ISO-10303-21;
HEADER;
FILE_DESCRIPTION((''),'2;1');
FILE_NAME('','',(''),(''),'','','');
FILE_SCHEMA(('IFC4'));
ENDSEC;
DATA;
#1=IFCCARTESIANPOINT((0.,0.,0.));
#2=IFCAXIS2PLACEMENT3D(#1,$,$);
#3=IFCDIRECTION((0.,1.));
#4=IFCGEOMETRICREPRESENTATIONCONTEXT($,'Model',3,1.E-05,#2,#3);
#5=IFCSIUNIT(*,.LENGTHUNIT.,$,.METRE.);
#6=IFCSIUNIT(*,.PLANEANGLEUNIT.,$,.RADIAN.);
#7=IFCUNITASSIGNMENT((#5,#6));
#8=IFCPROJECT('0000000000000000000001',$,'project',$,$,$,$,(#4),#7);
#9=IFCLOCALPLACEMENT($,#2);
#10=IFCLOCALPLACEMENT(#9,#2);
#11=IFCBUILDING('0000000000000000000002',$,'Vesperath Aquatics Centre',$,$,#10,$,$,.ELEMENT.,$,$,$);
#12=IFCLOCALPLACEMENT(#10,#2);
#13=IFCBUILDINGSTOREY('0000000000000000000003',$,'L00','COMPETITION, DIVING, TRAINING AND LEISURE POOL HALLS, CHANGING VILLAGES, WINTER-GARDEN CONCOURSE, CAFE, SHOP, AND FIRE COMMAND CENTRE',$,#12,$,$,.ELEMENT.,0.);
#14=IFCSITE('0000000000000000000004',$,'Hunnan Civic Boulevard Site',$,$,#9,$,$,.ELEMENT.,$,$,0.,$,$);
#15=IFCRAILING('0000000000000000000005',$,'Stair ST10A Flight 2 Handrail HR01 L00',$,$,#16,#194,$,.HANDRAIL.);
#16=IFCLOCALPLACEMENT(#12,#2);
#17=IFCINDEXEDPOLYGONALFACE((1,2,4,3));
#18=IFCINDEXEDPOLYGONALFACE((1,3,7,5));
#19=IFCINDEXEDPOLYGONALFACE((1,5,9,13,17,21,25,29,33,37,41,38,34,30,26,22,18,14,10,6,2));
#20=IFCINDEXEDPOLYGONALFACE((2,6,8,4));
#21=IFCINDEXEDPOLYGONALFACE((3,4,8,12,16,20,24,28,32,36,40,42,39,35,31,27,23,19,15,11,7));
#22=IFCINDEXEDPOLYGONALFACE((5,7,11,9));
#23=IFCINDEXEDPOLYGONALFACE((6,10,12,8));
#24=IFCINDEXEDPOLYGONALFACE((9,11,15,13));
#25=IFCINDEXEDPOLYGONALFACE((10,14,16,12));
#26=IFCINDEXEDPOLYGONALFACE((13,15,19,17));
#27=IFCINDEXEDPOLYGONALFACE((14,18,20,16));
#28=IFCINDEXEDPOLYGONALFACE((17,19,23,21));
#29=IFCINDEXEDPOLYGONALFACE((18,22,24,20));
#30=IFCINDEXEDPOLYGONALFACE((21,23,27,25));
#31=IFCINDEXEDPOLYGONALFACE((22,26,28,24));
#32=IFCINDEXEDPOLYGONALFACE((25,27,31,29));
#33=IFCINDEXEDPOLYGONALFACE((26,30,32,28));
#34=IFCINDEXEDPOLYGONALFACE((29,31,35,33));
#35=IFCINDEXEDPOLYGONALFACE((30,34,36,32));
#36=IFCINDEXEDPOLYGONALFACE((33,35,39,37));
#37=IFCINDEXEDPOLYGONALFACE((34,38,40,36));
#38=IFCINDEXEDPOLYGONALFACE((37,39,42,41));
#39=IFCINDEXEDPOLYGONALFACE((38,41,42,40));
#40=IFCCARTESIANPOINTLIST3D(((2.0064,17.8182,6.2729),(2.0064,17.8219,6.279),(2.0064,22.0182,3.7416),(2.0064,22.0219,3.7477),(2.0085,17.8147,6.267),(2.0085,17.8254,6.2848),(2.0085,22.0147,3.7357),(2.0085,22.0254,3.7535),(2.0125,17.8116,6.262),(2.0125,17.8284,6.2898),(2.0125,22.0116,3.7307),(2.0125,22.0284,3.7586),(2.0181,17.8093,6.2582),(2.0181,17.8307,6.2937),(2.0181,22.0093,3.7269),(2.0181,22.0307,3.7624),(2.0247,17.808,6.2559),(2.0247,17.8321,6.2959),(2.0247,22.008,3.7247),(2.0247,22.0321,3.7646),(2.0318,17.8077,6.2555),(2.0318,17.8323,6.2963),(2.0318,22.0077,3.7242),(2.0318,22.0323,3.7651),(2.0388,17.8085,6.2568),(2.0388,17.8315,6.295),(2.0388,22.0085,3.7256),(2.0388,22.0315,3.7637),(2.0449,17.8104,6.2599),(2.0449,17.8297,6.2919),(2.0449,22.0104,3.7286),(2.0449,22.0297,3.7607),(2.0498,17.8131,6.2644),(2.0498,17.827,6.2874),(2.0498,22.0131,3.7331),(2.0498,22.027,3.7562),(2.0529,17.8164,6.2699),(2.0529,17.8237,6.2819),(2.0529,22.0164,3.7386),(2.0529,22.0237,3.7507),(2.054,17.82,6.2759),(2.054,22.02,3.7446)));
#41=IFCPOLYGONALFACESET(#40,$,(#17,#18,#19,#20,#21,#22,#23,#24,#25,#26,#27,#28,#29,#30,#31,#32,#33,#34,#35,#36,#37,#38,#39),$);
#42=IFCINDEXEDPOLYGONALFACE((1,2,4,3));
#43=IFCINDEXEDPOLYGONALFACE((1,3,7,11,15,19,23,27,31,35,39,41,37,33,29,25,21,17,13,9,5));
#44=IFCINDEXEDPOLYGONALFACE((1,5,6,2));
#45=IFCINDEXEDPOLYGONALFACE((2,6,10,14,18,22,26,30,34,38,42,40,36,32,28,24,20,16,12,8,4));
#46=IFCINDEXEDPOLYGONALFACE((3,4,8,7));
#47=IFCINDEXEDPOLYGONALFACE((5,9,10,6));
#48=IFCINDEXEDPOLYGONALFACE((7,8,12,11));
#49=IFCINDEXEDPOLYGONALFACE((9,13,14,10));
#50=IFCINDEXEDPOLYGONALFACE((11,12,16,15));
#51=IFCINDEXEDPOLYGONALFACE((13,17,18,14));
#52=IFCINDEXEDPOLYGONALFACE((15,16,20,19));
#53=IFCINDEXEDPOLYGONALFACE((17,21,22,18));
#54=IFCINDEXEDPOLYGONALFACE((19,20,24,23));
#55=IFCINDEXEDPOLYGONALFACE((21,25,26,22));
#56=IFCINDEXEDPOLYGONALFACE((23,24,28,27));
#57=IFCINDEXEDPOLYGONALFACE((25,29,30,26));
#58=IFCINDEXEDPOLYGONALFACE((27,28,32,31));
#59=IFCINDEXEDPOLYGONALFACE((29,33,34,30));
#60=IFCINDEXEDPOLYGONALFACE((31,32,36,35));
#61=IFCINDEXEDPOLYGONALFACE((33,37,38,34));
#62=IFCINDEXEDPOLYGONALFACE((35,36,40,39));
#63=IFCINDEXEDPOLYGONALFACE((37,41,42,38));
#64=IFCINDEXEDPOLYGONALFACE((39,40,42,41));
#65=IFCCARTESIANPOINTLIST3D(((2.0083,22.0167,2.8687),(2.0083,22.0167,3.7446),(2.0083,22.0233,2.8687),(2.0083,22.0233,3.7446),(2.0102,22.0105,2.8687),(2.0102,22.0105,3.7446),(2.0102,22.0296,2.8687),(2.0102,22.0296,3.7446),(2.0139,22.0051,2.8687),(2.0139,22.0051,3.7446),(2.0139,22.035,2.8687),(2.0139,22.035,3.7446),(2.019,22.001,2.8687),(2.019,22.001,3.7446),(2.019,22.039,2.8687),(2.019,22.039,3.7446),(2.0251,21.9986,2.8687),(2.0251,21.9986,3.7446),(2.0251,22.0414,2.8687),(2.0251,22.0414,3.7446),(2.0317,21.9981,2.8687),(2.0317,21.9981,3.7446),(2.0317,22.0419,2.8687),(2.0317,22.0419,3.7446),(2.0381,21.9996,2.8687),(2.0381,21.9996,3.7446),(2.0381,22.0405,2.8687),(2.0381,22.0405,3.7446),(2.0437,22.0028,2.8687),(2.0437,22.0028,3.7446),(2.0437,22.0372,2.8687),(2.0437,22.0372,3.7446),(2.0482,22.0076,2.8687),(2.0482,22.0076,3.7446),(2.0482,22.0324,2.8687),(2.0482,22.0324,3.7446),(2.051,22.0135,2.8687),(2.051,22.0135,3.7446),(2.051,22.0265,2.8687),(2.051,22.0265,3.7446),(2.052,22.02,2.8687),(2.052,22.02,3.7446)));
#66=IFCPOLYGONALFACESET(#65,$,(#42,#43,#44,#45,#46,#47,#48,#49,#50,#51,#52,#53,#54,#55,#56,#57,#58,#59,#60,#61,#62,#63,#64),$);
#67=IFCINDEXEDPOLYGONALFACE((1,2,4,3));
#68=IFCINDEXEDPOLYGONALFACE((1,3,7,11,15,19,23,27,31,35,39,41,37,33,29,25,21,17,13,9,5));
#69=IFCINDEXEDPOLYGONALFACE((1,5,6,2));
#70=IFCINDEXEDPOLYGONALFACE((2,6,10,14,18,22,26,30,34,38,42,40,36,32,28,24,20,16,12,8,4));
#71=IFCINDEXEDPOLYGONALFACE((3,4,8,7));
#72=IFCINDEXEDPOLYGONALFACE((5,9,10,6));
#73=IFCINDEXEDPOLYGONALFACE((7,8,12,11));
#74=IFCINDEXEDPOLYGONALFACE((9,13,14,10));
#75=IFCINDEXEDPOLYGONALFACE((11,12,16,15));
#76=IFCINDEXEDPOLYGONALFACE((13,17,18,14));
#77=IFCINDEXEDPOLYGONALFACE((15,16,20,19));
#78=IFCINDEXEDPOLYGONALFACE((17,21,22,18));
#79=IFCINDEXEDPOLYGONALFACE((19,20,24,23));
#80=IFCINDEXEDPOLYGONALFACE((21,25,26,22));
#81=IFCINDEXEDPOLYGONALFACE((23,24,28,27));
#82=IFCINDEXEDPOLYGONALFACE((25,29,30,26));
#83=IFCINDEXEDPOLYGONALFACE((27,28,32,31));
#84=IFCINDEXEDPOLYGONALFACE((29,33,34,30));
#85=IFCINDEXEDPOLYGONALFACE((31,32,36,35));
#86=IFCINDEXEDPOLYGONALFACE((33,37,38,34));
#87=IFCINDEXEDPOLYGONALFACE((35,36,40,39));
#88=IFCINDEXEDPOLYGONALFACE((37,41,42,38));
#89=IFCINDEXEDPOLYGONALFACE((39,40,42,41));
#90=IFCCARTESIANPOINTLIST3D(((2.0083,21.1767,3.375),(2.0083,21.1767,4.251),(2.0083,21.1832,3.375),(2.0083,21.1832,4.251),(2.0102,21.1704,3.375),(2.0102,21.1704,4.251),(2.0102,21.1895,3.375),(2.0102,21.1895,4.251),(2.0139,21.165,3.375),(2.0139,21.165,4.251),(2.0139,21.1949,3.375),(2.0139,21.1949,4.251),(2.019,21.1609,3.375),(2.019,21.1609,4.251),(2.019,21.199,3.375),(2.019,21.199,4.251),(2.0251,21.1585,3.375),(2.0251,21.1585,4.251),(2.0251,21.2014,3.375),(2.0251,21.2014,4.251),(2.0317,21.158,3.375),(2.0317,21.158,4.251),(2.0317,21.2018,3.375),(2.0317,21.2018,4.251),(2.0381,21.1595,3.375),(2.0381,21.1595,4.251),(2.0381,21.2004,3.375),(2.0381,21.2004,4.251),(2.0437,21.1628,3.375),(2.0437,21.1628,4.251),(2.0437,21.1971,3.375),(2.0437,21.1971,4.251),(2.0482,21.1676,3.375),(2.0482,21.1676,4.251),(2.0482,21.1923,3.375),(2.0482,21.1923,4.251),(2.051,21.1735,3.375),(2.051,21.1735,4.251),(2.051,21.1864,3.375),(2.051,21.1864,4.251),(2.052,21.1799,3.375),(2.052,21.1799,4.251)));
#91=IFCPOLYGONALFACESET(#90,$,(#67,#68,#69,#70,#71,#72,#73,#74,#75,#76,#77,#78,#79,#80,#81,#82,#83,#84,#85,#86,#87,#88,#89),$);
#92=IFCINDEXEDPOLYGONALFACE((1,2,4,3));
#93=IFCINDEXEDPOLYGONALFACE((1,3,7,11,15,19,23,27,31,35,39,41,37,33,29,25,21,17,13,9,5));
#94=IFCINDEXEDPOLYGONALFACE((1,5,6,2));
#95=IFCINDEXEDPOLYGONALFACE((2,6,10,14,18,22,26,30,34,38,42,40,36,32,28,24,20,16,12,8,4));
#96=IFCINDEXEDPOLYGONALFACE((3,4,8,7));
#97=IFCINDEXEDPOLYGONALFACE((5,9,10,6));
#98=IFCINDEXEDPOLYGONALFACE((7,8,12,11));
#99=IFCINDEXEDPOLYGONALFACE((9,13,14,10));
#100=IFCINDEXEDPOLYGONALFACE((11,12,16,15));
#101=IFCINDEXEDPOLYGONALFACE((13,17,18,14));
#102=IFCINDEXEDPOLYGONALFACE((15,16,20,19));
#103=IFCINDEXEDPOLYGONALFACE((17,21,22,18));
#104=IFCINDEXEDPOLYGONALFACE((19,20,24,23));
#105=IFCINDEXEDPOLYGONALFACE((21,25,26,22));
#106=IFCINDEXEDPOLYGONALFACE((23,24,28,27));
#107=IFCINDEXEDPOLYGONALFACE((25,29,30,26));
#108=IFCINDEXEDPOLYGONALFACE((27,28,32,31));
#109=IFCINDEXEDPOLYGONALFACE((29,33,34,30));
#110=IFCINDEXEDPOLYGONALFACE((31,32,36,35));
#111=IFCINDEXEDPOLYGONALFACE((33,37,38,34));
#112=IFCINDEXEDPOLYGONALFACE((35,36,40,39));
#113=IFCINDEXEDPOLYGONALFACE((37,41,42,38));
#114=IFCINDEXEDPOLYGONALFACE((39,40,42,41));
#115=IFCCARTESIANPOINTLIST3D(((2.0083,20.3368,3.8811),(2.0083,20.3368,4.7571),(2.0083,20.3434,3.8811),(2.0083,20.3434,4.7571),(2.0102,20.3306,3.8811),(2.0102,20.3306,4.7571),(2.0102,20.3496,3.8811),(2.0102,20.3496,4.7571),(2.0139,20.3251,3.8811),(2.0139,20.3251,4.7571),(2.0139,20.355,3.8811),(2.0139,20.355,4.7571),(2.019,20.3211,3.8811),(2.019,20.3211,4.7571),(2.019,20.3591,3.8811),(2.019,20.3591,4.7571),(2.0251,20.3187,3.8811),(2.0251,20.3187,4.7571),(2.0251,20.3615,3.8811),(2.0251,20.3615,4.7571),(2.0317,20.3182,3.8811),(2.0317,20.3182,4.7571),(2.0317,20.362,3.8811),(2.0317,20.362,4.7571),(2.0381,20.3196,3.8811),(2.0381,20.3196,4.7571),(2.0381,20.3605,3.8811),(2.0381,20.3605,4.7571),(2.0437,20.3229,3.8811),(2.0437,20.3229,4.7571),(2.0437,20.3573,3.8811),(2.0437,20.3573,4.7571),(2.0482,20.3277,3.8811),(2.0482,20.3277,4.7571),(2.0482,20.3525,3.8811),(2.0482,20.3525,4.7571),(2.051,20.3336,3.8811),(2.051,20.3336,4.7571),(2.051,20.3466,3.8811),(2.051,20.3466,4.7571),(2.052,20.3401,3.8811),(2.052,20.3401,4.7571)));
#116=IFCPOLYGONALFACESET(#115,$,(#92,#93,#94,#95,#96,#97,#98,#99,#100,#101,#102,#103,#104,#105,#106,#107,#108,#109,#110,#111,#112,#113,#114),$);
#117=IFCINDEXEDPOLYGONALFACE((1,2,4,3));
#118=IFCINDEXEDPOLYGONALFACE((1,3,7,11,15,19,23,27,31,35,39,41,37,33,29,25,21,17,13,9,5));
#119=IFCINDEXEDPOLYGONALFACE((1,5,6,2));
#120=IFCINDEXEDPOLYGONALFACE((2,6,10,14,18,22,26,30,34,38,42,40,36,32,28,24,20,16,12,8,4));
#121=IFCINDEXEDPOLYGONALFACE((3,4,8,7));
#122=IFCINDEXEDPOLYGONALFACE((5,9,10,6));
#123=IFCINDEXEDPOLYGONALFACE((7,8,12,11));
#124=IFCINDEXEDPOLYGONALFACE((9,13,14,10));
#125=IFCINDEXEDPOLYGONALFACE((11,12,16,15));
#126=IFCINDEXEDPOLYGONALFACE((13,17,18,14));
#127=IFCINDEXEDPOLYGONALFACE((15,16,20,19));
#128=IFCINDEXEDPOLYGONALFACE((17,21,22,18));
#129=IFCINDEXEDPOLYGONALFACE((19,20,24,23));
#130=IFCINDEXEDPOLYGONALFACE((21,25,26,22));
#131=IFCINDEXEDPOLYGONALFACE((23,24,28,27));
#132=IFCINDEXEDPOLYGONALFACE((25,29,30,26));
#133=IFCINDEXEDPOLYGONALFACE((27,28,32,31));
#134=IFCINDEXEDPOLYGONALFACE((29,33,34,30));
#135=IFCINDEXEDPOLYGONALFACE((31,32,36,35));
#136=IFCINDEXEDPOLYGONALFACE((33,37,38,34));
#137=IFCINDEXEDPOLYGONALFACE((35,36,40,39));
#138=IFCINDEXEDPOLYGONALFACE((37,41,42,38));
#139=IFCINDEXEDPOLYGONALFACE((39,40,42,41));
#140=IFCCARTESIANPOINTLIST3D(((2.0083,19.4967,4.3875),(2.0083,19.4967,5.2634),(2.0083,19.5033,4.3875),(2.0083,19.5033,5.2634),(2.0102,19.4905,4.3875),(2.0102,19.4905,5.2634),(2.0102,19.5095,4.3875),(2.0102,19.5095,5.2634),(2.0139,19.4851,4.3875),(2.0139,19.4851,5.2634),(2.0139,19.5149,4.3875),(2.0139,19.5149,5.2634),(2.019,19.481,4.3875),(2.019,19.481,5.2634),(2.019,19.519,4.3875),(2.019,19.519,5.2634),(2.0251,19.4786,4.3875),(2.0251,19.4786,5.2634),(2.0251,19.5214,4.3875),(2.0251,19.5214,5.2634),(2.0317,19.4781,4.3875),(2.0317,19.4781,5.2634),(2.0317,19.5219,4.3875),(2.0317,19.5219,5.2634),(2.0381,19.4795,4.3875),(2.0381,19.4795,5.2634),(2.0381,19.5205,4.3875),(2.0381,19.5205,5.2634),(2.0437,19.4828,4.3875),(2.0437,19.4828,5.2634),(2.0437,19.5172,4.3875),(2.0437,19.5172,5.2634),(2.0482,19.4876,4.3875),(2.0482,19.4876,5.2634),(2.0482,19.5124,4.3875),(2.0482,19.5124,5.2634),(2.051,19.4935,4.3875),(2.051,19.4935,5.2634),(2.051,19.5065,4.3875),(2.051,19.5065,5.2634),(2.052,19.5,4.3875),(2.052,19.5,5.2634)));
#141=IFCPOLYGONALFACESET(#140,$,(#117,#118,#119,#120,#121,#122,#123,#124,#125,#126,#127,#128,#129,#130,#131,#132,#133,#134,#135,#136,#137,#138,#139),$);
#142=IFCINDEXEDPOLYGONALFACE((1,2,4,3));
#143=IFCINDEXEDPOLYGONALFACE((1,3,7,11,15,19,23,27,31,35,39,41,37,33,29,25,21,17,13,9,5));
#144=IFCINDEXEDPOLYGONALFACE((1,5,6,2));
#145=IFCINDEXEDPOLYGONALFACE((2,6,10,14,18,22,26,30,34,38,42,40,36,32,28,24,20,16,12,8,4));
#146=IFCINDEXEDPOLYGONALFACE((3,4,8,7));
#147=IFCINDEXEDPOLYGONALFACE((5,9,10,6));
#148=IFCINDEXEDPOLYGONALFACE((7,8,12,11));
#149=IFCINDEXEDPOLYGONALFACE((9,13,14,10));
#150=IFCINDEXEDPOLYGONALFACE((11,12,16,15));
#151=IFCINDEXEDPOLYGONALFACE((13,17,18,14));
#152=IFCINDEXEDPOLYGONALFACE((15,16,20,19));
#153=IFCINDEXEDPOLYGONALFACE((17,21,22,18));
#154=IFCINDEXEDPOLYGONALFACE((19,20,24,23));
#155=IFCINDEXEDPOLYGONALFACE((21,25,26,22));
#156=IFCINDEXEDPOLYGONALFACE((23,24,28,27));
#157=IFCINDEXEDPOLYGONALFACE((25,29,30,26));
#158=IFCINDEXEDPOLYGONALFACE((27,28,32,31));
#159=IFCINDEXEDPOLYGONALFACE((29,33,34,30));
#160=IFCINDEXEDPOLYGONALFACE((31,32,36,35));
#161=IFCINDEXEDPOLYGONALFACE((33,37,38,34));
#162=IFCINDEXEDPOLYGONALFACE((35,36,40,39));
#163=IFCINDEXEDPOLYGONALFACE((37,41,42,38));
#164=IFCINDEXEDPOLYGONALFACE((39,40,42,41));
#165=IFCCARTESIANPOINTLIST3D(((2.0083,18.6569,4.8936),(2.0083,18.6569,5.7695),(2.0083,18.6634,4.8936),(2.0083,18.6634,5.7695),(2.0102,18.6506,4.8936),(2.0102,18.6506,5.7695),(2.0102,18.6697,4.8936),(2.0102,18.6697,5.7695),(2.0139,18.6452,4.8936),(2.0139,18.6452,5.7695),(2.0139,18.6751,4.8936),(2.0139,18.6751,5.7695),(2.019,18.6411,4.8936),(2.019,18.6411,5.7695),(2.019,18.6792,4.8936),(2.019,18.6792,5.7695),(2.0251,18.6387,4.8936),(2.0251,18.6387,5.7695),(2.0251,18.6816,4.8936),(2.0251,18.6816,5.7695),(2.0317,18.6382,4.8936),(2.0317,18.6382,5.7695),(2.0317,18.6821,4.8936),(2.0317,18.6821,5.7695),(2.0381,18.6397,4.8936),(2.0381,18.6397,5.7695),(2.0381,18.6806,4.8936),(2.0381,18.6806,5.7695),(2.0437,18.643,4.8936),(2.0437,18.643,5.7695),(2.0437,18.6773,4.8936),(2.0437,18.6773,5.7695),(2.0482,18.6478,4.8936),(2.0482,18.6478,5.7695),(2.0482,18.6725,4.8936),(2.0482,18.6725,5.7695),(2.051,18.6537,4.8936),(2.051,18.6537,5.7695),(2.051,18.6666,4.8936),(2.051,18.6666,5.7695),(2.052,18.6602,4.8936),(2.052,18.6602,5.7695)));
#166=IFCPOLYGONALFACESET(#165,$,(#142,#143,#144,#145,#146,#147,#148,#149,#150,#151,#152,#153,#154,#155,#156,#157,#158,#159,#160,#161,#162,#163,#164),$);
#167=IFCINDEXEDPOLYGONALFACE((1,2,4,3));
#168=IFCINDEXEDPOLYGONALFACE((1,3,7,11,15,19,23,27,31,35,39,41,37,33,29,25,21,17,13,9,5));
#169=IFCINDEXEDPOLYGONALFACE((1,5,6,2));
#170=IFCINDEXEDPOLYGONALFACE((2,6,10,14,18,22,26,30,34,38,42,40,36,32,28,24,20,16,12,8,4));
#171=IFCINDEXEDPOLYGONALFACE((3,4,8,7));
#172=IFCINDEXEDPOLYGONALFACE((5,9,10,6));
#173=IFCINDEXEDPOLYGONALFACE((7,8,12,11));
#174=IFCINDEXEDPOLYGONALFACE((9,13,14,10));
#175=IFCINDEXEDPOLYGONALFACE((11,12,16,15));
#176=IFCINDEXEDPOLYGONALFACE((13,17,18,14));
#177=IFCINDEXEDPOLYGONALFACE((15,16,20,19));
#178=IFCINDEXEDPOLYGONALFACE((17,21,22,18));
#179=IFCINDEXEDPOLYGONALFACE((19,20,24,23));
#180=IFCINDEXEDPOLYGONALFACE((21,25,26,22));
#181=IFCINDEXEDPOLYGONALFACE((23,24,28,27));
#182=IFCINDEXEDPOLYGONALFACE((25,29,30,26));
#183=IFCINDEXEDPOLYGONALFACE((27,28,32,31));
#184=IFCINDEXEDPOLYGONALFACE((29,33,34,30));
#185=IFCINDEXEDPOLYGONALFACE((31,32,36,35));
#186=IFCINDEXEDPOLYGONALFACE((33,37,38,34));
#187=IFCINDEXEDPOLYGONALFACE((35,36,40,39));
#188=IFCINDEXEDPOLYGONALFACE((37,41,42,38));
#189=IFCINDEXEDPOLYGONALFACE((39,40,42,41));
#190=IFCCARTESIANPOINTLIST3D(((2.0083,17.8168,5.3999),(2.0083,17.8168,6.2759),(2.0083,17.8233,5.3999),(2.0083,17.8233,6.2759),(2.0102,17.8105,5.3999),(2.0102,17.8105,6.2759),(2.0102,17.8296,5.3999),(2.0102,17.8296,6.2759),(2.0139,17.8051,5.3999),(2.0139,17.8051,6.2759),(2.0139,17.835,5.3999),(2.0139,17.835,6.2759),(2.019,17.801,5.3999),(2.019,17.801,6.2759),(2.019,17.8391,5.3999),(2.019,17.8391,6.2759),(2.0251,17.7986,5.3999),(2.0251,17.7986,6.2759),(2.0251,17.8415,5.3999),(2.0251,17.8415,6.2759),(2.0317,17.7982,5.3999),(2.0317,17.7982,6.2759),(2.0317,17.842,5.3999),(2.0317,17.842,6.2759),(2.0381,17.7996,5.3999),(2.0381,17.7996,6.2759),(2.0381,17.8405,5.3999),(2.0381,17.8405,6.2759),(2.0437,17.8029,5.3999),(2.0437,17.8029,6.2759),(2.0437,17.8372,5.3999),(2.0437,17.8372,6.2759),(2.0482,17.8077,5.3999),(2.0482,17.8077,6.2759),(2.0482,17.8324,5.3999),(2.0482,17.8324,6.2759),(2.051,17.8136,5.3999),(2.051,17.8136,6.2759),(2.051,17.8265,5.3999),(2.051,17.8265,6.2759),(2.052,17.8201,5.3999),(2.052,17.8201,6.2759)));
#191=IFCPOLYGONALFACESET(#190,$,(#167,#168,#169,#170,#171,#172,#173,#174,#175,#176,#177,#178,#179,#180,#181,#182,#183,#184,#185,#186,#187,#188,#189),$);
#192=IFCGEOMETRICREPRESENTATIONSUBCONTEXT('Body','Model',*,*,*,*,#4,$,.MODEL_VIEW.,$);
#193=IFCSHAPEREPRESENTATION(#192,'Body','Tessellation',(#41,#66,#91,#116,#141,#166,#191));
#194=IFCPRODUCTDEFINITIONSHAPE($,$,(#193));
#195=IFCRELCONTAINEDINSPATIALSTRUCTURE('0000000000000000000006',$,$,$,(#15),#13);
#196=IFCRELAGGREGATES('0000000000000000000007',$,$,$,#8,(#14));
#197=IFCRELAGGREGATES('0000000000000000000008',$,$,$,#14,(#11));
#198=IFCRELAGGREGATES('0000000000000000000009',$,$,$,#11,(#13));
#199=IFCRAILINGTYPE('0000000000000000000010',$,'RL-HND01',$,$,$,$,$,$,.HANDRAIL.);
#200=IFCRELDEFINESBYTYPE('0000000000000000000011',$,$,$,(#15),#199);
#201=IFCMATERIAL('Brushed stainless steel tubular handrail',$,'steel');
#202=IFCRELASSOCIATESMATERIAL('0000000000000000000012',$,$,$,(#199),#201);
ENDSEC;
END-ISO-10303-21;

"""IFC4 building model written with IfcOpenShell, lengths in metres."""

from ifc_helpers import new_model, si_unit, direction, frame, origin, origin_2d, place, context, subcontext, project, spatial, circle, extrude, material, type_object, element, save


model = new_model("IFC4")

# Units and contexts
model_context = context("Model", 3, precision=1e-05, world=origin(), true_north=direction((0.0, 1.0)))
body_context = subcontext(model_context, "Body", "Model", "MODEL_VIEW")
ifc_project = project(units=[si_unit("LENGTHUNIT", "METRE"), si_unit("PLANEANGLEUNIT", "RADIAN")], contexts=[model_context])

# Site, building, storey
site_placement = place(None, origin())
site = spatial("IfcSite", under=ifc_project, at=site_placement, Name="Hunnan Civic Boulevard Site", CompositionType="ELEMENT", RefElevation=0.0)
building_placement = place(site_placement, origin())
building = spatial("IfcBuilding", under=site, at=building_placement, Name="Vesperath Aquatics Centre", CompositionType="ELEMENT")
storey_placement = place(building_placement, origin())
storey = spatial("IfcBuildingStorey", under=building, at=storey_placement, Name="L00", Description="COMPETITION, DIVING, TRAINING AND LEISURE POOL HALLS, CHANGING VILLAGES, WINTER-GARDEN CONCOURSE, CAFE, SHOP, AND FIRE COMMAND CENTRE", CompositionType="ELEMENT", Elevation=0.0)

# Railing
ifc_material_1 = material(Name="Brushed stainless steel tubular handrail", Category="steel")
railing_type_1 = type_object("IfcRailingType", Name="RL-HND01", PredefinedType="HANDRAIL", material=ifc_material_1)
railing_1_placement = place(storey_placement, frame((2.03, 22.02, 2.8687)))
element("IfcRailing", 1, at=railing_1_placement, inside=storey, type_object=railing_type_1, Name="Stair ST10A Flight 2 Handrail HR01 L00", PredefinedType="HANDRAIL", context=body_context, shape_type="SweptSolid", body=[
    extrude(circle(Radius=0.0239, at=origin_2d()), frame((0.0, 0.0, 0.876), z_axis=(0.0, -0.856476, 0.516186), x_axis=(1.0, 0.0, 0.0)), (0.0, 0.0, 1.0), 4.9038),
    extrude(circle(Radius=0.022, at=origin_2d()), origin(), (0.0, 0.0, 1.0), 0.876),
    extrude(circle(Radius=0.022, at=origin_2d()), frame((0.0, -0.8401, 0.5063)), (0.0, 0.0, 1.0), 0.876),
    extrude(circle(Radius=0.022, at=origin_2d()), frame((0.0, -1.6799, 1.0125)), (0.0, 0.0, 1.0), 0.876),
    extrude(circle(Radius=0.022, at=origin_2d()), frame((0.0, -2.52, 1.5188)), (0.0, 0.0, 1.0), 0.876),
    extrude(circle(Radius=0.022, at=origin_2d()), frame((0.0, -3.3599, 2.0249)), (0.0, 0.0, 1.0), 0.876),
    extrude(circle(Radius=0.022, at=origin_2d()), frame((0.0, -4.2, 2.5312)), (0.0, 0.0, 1.0), 0.876),
])

save(model, "model.ifc")
